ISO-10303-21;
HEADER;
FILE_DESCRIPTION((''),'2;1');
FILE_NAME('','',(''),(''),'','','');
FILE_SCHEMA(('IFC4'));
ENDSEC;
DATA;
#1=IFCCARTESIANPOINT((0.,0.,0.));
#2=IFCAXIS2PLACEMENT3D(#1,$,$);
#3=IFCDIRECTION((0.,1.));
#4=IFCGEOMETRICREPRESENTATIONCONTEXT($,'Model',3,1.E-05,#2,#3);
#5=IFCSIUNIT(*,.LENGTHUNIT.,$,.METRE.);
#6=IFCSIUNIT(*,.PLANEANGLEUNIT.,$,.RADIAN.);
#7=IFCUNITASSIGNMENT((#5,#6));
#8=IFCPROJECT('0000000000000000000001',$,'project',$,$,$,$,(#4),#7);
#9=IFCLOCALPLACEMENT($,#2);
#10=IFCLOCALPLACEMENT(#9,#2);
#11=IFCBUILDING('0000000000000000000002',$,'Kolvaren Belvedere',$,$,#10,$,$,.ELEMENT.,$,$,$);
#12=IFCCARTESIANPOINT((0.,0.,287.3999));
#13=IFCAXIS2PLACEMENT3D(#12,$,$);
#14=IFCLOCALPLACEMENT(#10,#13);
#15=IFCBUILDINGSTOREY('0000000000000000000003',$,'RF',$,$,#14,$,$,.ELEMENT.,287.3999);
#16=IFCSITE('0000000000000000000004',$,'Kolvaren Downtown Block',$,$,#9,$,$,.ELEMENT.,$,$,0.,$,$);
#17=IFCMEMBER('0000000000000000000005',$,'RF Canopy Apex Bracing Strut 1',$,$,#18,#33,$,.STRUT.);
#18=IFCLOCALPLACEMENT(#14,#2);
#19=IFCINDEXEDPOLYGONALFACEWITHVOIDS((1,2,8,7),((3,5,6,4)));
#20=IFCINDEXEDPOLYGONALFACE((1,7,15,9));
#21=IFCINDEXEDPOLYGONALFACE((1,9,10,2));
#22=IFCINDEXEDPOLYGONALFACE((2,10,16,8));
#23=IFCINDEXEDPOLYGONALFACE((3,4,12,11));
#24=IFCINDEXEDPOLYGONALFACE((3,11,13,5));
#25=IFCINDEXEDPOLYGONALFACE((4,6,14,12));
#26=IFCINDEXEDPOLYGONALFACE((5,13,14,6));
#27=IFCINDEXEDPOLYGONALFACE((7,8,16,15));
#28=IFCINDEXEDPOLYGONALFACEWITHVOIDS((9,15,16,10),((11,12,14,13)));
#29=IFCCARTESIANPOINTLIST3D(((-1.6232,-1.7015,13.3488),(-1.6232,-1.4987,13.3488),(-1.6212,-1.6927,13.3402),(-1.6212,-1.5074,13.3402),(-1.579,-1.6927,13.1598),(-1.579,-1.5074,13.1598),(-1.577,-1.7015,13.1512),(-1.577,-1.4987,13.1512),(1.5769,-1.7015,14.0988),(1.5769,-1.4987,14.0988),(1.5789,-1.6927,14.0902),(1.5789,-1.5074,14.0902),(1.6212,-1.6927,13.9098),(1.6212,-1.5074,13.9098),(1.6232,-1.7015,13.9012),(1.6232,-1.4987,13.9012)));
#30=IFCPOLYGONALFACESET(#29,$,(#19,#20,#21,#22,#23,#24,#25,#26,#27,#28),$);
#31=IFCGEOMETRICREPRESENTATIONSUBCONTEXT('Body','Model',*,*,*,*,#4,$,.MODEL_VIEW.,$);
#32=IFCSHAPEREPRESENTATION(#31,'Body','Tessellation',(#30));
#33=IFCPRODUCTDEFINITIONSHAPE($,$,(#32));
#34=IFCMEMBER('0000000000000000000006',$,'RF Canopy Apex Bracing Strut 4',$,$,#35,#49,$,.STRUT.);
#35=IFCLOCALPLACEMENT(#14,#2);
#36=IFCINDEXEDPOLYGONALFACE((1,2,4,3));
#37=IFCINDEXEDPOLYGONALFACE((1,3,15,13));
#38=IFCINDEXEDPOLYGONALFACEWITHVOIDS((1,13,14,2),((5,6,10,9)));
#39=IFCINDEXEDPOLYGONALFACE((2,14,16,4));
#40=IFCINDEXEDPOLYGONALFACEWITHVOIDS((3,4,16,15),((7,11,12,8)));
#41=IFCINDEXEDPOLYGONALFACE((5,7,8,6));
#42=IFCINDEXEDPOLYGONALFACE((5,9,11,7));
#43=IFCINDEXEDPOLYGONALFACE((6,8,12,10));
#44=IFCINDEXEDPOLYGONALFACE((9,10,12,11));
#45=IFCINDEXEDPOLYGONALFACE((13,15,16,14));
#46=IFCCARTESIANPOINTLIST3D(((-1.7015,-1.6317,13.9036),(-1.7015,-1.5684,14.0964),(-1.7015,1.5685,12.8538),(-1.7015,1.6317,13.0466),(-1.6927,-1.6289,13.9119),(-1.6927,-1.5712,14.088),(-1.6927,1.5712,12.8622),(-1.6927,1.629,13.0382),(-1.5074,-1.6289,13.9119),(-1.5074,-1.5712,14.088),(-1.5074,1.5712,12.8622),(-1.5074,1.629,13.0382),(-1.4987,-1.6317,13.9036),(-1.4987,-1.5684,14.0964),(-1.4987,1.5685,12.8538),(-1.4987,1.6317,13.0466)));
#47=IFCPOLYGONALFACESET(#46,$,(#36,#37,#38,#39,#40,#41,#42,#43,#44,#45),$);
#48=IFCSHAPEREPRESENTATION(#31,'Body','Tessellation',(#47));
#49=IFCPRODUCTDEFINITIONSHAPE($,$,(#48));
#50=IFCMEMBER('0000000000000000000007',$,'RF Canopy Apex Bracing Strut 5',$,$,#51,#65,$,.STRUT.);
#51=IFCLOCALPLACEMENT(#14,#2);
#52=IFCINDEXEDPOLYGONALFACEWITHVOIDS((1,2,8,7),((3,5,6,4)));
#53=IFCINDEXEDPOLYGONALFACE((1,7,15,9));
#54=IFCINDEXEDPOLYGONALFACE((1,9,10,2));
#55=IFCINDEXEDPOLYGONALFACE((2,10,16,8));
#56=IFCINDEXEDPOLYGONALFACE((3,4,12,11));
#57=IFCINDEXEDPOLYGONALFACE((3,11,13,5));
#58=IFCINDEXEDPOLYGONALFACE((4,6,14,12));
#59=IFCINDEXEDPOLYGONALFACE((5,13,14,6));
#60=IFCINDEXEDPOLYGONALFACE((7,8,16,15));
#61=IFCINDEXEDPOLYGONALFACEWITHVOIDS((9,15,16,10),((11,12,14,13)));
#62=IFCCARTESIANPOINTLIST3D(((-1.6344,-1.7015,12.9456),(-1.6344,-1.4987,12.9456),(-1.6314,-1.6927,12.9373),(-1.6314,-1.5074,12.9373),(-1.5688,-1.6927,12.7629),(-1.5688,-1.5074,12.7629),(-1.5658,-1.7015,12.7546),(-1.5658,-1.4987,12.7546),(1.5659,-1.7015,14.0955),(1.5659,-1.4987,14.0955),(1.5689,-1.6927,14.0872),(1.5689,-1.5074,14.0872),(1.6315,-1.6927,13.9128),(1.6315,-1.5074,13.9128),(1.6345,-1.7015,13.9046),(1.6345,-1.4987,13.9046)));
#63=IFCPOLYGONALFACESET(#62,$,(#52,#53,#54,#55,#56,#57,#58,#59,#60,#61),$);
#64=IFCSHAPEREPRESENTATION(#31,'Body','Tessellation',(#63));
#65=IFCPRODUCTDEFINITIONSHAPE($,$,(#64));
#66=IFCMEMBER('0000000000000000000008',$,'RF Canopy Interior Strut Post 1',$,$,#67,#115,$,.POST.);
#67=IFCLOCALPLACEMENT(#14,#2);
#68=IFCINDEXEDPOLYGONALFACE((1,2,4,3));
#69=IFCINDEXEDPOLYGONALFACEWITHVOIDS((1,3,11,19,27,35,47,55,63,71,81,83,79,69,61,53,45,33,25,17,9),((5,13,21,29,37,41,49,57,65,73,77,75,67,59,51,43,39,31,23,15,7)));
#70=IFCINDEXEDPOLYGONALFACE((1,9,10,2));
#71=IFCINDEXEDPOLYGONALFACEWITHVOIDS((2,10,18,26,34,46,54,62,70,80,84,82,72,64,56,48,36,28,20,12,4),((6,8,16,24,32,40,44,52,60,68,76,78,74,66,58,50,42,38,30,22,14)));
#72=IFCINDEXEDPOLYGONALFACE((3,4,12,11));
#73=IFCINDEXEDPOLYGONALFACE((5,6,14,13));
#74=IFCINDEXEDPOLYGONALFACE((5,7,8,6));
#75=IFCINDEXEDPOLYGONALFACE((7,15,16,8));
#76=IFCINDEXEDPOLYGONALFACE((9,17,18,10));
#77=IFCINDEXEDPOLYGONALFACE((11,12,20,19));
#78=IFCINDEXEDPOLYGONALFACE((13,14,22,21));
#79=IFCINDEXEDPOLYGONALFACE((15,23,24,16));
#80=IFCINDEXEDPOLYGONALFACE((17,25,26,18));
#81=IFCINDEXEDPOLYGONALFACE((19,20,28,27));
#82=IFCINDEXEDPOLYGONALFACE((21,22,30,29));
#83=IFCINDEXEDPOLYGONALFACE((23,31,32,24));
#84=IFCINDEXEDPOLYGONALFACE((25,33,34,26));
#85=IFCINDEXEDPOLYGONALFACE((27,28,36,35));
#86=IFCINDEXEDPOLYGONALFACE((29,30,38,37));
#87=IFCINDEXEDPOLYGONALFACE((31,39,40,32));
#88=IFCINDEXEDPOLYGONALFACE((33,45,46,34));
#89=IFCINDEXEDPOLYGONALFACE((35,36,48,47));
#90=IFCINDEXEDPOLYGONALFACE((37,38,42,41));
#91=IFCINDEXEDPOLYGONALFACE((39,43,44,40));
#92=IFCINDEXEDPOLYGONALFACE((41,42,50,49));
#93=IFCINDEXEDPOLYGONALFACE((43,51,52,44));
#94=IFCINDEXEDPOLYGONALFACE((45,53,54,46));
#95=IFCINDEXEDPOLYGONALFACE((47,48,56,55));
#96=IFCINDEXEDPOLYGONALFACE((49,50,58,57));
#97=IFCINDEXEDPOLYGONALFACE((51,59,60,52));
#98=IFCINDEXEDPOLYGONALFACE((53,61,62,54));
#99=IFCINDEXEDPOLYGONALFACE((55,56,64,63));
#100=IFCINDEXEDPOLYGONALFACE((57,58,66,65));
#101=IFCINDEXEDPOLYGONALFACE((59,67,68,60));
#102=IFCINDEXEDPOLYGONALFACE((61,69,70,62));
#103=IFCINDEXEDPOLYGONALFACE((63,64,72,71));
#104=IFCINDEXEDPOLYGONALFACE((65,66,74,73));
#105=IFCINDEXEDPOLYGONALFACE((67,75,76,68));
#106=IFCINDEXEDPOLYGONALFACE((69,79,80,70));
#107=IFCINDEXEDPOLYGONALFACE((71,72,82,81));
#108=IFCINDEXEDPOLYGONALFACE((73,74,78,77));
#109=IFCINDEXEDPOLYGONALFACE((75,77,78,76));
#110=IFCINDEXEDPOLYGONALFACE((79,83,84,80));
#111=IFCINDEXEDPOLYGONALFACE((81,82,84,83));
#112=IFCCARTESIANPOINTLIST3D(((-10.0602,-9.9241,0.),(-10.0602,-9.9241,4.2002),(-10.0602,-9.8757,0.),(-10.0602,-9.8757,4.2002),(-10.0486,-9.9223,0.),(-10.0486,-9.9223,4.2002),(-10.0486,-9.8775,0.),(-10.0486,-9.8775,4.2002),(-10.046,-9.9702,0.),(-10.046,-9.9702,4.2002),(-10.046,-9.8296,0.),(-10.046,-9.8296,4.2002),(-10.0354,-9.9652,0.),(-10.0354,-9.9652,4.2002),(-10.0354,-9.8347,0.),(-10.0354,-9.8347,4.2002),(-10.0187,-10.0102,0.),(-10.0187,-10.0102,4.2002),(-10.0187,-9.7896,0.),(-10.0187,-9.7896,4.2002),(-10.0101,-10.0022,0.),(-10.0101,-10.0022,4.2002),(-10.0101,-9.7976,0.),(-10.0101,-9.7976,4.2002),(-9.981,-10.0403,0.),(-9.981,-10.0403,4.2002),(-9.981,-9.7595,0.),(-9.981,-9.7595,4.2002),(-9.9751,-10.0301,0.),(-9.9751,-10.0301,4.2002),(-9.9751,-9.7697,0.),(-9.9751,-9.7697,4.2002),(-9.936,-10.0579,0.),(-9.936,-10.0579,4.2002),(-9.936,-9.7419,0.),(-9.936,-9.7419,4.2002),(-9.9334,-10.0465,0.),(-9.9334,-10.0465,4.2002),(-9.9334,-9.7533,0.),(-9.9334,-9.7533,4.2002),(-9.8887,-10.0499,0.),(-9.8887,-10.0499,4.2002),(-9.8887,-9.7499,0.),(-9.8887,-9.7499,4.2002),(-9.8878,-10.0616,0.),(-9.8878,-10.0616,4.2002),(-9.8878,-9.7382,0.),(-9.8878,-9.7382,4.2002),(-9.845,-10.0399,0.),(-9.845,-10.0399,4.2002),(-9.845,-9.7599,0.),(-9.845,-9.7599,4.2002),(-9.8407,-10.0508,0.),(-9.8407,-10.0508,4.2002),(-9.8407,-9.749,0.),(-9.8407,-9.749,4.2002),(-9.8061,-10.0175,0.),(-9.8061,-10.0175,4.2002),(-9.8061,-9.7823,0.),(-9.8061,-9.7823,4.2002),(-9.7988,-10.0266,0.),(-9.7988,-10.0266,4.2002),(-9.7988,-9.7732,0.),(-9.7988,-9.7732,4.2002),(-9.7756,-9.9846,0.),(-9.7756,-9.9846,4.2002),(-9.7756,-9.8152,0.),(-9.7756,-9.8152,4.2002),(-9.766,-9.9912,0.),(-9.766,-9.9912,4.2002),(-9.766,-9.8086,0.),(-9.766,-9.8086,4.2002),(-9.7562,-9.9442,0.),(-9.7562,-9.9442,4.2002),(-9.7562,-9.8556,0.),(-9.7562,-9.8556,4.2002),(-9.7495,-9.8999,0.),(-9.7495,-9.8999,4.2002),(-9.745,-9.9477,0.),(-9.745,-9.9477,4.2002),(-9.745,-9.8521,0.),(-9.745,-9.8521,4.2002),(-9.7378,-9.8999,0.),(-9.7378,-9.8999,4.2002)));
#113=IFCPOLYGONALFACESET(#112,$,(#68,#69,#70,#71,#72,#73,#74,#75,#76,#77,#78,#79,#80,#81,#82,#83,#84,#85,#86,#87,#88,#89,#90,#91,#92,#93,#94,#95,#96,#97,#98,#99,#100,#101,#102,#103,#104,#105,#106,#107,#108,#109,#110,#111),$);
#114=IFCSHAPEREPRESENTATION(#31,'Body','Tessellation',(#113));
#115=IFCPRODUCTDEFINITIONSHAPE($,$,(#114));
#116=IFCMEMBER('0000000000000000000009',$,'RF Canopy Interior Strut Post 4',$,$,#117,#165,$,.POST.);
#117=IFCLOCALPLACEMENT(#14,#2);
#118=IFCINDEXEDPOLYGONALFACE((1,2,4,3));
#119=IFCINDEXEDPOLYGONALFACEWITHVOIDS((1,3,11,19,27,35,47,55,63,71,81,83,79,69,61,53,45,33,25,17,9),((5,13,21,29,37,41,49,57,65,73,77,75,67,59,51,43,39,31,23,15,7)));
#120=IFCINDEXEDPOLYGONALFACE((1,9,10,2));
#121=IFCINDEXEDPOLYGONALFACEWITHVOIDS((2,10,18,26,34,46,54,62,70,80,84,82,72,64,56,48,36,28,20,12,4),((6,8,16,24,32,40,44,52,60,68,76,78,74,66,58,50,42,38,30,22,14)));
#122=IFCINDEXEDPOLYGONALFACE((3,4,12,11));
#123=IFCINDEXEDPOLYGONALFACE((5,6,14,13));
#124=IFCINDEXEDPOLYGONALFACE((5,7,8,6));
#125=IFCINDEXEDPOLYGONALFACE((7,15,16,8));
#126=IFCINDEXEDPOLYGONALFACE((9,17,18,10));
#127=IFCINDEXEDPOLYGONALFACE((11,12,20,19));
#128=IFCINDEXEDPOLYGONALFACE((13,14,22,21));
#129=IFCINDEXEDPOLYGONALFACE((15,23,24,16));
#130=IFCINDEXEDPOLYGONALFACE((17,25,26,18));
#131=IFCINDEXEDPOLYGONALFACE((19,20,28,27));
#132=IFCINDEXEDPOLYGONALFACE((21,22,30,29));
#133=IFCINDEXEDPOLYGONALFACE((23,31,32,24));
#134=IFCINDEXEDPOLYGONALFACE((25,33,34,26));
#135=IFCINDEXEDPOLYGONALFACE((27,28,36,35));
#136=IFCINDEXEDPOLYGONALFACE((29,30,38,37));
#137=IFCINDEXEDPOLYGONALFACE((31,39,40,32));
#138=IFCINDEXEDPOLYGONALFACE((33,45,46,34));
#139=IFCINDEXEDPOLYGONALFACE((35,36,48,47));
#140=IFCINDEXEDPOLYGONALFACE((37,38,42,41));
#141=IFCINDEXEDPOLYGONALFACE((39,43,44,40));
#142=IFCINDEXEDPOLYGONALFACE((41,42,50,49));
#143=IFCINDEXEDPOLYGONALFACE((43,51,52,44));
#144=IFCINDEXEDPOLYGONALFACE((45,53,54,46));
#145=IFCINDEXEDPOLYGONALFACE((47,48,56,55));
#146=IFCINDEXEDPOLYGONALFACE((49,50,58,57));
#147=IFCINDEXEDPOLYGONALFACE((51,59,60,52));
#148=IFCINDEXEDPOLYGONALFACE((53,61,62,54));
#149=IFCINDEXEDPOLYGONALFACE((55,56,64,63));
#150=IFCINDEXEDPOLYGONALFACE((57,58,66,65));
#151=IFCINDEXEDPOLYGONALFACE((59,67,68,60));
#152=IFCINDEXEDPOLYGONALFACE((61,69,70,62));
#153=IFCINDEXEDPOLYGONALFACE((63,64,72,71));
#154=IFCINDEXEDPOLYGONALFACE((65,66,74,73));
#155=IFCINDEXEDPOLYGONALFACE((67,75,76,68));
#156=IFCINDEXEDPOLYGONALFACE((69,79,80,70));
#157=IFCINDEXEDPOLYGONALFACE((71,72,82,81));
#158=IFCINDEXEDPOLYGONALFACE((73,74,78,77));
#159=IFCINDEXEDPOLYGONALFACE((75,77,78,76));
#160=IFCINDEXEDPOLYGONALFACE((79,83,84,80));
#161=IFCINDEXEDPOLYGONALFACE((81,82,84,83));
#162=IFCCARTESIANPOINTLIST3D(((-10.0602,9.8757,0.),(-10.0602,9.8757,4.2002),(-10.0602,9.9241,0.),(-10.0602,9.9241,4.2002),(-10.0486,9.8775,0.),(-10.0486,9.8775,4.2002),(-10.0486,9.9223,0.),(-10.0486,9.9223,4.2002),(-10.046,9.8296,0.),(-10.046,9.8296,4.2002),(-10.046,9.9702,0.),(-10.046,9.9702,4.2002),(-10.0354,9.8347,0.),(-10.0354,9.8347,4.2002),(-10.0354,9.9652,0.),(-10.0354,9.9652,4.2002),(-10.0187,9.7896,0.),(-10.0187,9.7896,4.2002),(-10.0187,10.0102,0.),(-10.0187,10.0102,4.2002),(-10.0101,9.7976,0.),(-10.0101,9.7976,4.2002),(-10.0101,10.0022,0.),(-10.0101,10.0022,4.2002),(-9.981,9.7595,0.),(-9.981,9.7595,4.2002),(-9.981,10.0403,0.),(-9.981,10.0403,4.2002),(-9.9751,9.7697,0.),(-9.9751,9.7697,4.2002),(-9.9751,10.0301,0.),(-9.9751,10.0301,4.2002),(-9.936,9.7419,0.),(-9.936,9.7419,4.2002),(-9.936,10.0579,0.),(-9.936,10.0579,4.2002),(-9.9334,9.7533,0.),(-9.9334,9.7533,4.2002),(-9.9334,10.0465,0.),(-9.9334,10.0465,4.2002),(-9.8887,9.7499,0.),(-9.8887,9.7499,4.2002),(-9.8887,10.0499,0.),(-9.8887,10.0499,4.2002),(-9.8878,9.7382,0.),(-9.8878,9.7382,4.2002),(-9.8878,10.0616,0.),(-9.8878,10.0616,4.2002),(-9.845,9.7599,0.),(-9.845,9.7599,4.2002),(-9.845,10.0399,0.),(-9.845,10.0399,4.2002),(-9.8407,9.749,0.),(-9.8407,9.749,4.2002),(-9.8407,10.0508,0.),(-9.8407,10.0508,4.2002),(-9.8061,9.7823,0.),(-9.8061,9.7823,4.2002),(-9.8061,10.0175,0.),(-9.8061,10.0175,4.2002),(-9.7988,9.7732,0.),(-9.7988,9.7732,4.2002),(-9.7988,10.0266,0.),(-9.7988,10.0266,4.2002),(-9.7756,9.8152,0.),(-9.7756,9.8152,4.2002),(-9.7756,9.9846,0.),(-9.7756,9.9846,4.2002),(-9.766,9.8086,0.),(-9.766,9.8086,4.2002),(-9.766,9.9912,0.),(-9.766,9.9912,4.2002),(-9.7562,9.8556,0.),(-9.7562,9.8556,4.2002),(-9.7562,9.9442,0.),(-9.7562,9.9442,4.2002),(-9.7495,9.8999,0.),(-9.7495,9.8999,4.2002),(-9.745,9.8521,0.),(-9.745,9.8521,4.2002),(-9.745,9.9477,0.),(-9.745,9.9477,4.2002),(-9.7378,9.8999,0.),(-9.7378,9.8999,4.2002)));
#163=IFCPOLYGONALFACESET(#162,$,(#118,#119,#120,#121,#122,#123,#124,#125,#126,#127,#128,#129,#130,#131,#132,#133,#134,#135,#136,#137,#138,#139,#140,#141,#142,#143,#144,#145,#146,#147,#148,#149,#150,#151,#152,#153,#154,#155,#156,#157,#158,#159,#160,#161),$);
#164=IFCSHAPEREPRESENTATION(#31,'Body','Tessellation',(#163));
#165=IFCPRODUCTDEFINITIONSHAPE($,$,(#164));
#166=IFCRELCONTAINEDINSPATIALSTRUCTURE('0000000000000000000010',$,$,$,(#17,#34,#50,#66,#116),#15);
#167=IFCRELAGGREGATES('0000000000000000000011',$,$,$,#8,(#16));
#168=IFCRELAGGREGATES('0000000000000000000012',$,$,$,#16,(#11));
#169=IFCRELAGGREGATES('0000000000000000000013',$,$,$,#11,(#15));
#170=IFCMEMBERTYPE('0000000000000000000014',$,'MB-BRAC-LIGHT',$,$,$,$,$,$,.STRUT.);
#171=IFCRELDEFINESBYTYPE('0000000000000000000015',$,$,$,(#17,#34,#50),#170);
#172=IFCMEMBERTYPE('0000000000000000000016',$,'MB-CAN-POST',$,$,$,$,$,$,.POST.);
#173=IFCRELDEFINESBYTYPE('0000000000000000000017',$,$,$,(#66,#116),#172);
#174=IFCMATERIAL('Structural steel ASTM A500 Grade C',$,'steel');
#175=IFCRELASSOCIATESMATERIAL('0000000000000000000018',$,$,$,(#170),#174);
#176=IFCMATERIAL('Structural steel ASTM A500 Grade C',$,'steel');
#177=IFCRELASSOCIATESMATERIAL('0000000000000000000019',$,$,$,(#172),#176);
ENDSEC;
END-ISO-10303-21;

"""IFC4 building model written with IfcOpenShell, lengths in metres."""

from ifc_helpers import new_model, si_unit, direction, frame, origin, origin_2d, place, context, subcontext, project, spatial, hollow_rectangle, hollow_circle, extrude, material, material_profile, profile_set, type_object, element, save


model = new_model("IFC4")

# Units and contexts
model_context = context("Model", 3, precision=1e-05, world=origin(), true_north=direction((0.0, 1.0)))
body_context = subcontext(model_context, "Body", "Model", "MODEL_VIEW")
ifc_project = project(units=[si_unit("LENGTHUNIT", "METRE"), si_unit("PLANEANGLEUNIT", "RADIAN")], contexts=[model_context])

# Site, building, storey
site_placement = place(None, origin())
site = spatial("IfcSite", under=ifc_project, at=site_placement, Name="Kolvaren Downtown Block", CompositionType="ELEMENT", RefElevation=0.0)
building_placement = place(site_placement, origin())
building = spatial("IfcBuilding", under=site, at=building_placement, Name="Kolvaren Belvedere", CompositionType="ELEMENT")
storey_placement = place(building_placement, frame((0.0, 0.0, 287.3999)))
storey = spatial("IfcBuildingStorey", under=building, at=storey_placement, Name="RF", CompositionType="ELEMENT", Elevation=287.3999)

# Members
ifc_material_1 = material(Name="Structural steel ASTM A500 Grade C", Category="steel")
ifc_material_profile_1 = material_profile(ifc_material_1, hollow_rectangle(XDim=0.2029, YDim=0.2029, WallThickness=0.0088, at=origin_2d()), Name="HSS8X8X3/8")
ifc_profile_set_1 = profile_set([ifc_material_profile_1], Name="Structural steel ASTM A500 Grade C")
member_type_1 = type_object("IfcMemberType", Name="MB-BRAC-LIGHT", PredefinedType="STRUT", material=ifc_profile_set_1)
member_1_placement = place(storey_placement, frame((-1.6001, -1.6001, 13.25), z_axis=(0.973619, 0.0, 0.228178), x_axis=(0.0, 1.0, 0.0)))
element("IfcMember", 1, at=member_1_placement, inside=storey, type_object=member_type_1, Name="RF Canopy Apex Bracing Strut 1", PredefinedType="STRUT", context=body_context, shape_type="SweptSolid", body=[
    extrude(hollow_rectangle(XDim=0.2029, YDim=0.2029, WallThickness=0.0088, at=origin_2d()), origin(), (0.0, 0.0, 1.0), 3.2869),
])
member_2_placement = place(storey_placement, frame((-1.6001, 1.6001, 12.9502), z_axis=(0.0, -0.95018, 0.311701), x_axis=(1.0, 0.0, 0.0)))
element("IfcMember", 2, at=member_2_placement, inside=storey, type_object=member_type_1, Name="RF Canopy Apex Bracing Strut 4", PredefinedType="STRUT", context=body_context, shape_type="SweptSolid", body=[
    extrude(hollow_rectangle(XDim=0.2029, YDim=0.2029, WallThickness=0.0088, at=origin_2d()), origin(), (0.0, 0.0, 1.0), 3.3679),
])
member_3_placement = place(storey_placement, frame((-1.6001, -1.6001, 12.8501), z_axis=(0.94109, 0.0, 0.338155), x_axis=(0.0, 1.0, 0.0)))
element("IfcMember", 3, at=member_3_placement, inside=storey, type_object=member_type_1, Name="RF Canopy Apex Bracing Strut 5", PredefinedType="STRUT", context=body_context, shape_type="SweptSolid", body=[
    extrude(hollow_rectangle(XDim=0.2029, YDim=0.2029, WallThickness=0.0088, at=origin_2d()), origin(), (0.0, 0.0, 1.0), 3.4006),
])
ifc_material_2 = material(Name="Structural steel ASTM A500 Grade C", Category="steel")
ifc_material_profile_2 = material_profile(ifc_material_2, hollow_circle(Radius=0.1621, WallThickness=0.0117, at=origin_2d()), Name="HSS12.750X0.500")
ifc_profile_set_2 = profile_set([ifc_material_profile_2], Name="Structural steel ASTM A500 Grade C")
member_type_2 = type_object("IfcMemberType", Name="MB-CAN-POST", PredefinedType="POST", material=ifc_profile_set_2)
for number, where, z_axis, x_axis, name in (
    (4, (-9.8999, -9.8999, 0.0), (0.0, 0.0, 1.0), (1.0, 0.0, 0.0), "RF Canopy Interior Strut Post 1"),
    (5, (-9.8999, 9.8999, 0.0), (0.0, 0.0, 1.0), (1.0, 0.0, 0.0), "RF Canopy Interior Strut Post 4"),
):
    element("IfcMember", number, at=place(storey_placement, frame(where, z_axis=z_axis, x_axis=x_axis)), inside=storey, type_object=member_type_2, Name=name, PredefinedType="POST", context=body_context, shape_type="SweptSolid", body=[
        extrude(hollow_circle(Radius=0.1621, WallThickness=0.0117, at=origin_2d()), origin(), (0.0, 0.0, 1.0), 4.2002),
    ])

save(model, "model.ifc")
